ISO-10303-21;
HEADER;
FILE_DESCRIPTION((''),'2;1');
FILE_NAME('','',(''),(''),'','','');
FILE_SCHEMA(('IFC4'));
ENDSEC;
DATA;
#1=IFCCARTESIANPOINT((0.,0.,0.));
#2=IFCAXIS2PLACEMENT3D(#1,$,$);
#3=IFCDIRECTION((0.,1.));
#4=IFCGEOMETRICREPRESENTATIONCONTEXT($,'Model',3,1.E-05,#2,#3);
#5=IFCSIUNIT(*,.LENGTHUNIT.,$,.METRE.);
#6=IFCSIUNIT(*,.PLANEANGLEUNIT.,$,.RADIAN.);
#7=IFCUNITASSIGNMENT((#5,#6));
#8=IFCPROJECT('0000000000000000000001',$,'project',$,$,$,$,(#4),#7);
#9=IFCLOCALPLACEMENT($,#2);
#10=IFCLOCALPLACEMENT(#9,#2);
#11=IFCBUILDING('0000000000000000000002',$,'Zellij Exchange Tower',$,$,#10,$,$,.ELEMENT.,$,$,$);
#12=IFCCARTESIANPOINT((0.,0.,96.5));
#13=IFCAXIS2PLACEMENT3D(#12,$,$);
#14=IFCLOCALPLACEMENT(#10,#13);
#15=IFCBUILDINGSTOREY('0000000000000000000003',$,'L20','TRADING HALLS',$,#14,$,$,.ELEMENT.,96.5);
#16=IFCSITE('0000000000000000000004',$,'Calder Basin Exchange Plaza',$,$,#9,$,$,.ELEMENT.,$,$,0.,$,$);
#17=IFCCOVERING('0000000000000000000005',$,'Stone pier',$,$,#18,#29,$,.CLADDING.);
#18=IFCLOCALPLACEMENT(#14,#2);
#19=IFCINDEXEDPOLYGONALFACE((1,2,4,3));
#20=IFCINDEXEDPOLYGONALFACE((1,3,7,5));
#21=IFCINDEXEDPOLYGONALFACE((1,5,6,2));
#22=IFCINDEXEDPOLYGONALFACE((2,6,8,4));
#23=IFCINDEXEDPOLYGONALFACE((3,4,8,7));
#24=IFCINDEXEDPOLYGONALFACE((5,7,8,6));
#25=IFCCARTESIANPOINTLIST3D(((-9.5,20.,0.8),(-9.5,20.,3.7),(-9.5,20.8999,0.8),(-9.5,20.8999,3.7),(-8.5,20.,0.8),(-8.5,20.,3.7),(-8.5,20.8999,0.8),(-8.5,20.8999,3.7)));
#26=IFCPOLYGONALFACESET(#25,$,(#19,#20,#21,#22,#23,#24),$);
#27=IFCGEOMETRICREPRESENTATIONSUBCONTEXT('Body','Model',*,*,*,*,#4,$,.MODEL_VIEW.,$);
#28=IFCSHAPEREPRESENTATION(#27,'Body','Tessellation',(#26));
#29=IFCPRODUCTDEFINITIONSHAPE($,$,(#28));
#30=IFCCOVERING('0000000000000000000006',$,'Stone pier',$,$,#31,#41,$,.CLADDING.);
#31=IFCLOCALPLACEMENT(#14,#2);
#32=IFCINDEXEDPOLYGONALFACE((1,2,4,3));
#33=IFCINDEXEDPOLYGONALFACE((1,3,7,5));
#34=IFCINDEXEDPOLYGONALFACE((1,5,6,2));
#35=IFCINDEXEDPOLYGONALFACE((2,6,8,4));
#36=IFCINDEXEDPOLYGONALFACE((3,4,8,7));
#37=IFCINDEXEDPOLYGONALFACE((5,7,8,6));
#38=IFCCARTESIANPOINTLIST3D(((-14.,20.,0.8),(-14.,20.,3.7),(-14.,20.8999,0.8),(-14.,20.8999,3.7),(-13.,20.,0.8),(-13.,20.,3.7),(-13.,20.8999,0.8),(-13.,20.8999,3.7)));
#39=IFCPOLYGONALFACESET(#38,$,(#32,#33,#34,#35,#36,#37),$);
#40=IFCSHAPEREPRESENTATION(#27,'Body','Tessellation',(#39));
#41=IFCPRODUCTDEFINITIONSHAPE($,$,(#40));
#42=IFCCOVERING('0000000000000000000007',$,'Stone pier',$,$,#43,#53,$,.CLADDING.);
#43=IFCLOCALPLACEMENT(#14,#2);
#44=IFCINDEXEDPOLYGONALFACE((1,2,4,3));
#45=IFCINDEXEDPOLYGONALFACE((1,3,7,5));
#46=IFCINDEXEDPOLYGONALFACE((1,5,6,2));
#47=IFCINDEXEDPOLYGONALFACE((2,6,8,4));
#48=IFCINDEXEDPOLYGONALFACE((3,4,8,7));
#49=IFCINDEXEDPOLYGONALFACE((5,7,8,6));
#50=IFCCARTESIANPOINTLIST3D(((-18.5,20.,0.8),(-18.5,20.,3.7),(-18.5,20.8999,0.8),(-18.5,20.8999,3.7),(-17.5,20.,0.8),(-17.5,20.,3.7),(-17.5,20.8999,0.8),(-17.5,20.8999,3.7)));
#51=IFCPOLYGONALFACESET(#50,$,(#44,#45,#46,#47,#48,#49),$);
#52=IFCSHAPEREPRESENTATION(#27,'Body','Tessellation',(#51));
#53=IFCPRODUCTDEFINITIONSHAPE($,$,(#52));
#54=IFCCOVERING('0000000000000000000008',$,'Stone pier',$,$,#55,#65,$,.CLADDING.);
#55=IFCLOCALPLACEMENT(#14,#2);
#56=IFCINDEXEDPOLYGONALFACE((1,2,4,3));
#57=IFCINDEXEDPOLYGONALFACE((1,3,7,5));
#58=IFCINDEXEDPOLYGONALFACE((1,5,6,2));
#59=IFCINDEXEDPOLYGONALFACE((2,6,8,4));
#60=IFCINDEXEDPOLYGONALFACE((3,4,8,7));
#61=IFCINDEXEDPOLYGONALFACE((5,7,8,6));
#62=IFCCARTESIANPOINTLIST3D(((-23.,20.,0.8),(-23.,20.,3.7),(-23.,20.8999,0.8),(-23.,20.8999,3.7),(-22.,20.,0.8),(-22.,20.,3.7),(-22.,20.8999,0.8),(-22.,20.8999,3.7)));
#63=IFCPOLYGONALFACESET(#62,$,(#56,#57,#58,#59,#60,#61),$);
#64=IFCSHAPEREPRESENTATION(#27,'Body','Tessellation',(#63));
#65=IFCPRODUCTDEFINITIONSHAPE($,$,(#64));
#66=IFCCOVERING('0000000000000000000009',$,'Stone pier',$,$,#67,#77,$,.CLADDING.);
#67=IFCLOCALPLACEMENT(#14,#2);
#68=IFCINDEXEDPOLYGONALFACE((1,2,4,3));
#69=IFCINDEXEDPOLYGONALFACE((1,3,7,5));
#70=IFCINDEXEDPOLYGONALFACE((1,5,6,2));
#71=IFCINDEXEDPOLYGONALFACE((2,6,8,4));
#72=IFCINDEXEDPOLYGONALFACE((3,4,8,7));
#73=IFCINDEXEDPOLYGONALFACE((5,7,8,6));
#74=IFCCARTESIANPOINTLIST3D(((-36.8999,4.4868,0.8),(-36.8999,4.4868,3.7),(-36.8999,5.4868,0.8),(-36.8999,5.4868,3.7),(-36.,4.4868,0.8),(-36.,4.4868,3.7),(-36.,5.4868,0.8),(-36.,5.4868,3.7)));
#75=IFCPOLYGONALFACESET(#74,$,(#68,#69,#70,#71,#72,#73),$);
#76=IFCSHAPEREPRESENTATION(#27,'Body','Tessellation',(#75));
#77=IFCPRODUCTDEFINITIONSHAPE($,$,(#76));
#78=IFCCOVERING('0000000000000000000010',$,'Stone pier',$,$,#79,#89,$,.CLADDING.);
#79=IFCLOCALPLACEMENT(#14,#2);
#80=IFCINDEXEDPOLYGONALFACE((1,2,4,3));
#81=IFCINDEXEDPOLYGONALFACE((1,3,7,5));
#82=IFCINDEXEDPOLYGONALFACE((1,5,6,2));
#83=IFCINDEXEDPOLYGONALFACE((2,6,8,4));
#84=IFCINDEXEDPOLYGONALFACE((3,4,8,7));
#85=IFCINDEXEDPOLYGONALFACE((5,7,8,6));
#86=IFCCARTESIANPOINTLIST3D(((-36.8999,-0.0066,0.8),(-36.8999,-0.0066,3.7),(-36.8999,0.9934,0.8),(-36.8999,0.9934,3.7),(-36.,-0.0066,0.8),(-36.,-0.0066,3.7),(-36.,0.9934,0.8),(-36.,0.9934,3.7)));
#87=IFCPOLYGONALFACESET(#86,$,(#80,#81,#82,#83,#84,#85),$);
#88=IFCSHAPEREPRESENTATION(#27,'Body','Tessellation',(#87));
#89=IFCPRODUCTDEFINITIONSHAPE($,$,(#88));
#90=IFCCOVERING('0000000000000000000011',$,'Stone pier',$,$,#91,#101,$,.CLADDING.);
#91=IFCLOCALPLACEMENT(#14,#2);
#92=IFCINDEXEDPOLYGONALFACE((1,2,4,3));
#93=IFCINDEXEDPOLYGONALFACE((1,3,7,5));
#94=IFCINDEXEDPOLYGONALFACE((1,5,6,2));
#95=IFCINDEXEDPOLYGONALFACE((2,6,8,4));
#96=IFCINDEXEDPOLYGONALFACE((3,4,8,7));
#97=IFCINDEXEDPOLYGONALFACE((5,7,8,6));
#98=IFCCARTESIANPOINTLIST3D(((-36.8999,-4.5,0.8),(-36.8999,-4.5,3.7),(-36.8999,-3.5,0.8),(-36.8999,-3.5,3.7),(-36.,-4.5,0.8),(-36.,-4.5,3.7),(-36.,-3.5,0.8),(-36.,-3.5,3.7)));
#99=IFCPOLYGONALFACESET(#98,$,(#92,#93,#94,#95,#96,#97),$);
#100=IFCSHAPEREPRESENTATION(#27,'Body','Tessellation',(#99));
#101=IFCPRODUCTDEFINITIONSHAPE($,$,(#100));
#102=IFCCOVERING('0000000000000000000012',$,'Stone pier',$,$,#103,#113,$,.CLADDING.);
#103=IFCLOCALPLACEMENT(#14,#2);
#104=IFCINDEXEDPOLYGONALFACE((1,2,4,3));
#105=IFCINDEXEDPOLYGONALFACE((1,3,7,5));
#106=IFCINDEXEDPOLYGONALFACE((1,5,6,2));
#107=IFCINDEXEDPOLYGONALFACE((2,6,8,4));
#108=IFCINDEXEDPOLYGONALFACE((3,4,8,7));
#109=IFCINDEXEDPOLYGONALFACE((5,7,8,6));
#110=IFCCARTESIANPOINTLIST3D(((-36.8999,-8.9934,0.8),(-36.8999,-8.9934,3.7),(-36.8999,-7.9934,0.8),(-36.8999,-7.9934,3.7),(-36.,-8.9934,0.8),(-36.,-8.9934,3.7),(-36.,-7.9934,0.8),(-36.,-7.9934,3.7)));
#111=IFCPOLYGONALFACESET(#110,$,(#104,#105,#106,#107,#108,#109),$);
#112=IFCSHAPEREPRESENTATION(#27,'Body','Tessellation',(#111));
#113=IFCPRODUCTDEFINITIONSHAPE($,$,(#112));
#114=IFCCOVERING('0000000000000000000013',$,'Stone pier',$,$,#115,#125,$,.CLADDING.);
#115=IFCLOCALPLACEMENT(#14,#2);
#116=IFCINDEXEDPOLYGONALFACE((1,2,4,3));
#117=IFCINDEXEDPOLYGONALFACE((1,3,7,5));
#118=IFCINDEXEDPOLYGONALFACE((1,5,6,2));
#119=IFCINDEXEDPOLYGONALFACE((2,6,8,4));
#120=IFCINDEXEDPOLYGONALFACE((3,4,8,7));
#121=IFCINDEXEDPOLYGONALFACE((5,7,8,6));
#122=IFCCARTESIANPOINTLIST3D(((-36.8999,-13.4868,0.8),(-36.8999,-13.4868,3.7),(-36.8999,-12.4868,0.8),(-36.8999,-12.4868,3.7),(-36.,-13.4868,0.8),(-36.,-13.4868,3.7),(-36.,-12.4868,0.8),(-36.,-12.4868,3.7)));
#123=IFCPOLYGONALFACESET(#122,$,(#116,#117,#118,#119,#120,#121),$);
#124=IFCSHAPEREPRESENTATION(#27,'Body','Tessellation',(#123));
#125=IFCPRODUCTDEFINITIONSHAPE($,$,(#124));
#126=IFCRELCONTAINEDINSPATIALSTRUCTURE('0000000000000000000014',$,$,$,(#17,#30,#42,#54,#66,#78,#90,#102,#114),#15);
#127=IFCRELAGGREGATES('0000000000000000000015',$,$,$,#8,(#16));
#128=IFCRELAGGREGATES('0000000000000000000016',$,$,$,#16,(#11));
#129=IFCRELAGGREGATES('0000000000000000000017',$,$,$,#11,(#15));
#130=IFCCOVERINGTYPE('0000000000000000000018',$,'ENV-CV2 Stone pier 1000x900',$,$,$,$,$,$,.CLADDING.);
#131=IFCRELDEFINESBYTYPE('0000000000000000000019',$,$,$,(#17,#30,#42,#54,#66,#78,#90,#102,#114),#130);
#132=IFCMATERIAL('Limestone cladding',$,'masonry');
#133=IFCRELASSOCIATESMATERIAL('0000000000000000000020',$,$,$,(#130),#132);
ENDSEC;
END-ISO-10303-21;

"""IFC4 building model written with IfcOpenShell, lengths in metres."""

from ifc_helpers import new_model, si_unit, direction, frame, origin, place, context, subcontext, project, spatial, polyline, outline, extrude, material, type_object, element, save


model = new_model("IFC4")

# Units and contexts
model_context = context("Model", 3, precision=1e-05, world=origin(), true_north=direction((0.0, 1.0)))
body_context = subcontext(model_context, "Body", "Model", "MODEL_VIEW")
ifc_project = project(units=[si_unit("LENGTHUNIT", "METRE"), si_unit("PLANEANGLEUNIT", "RADIAN")], contexts=[model_context])

# Site, building, storey
site_placement = place(None, origin())
site = spatial("IfcSite", under=ifc_project, at=site_placement, Name="Calder Basin Exchange Plaza", CompositionType="ELEMENT", RefElevation=0.0)
building_placement = place(site_placement, origin())
building = spatial("IfcBuilding", under=site, at=building_placement, Name="Zellij Exchange Tower", CompositionType="ELEMENT")
storey_placement = place(building_placement, frame((0.0, 0.0, 96.5)))
storey = spatial("IfcBuildingStorey", under=building, at=storey_placement, Name="L20", Description="TRADING HALLS", CompositionType="ELEMENT", Elevation=96.5)

# Coverings
ifc_material_1 = material(Name="Limestone cladding", Category="masonry")
covering_type_1 = type_object("IfcCoveringType", Name="ENV-CV2 Stone pier 1000x900", PredefinedType="CLADDING", material=ifc_material_1)
covering_1_placement = place(storey_placement, frame((0.0, 0.0, 0.8)))
element("IfcCovering", 1, at=covering_1_placement, inside=storey, type_object=covering_type_1, Name="Stone pier", PredefinedType="CLADDING", context=body_context, shape_type="SweptSolid", body=[
    extrude(outline(polyline([(-8.5, 20.0), (-9.5, 20.0), (-9.5, 20.8999), (-8.5, 20.8999), (-8.5, 20.0)])), origin(), (0.0, 0.0, 1.0), 2.8999),
])
covering_2_placement = place(storey_placement, frame((0.0, 0.0, 0.8)))
element("IfcCovering", 2, at=covering_2_placement, inside=storey, type_object=covering_type_1, Name="Stone pier", PredefinedType="CLADDING", context=body_context, shape_type="SweptSolid", body=[
    extrude(outline(polyline([(-13.0, 20.0), (-14.0, 20.0), (-14.0, 20.8999), (-13.0, 20.8999), (-13.0, 20.0)])), origin(), (0.0, 0.0, 1.0), 2.8999),
])
covering_3_placement = place(storey_placement, frame((0.0, 0.0, 0.8)))
element("IfcCovering", 3, at=covering_3_placement, inside=storey, type_object=covering_type_1, Name="Stone pier", PredefinedType="CLADDING", context=body_context, shape_type="SweptSolid", body=[
    extrude(outline(polyline([(-17.5, 20.0), (-18.5, 20.0), (-18.5, 20.8999), (-17.5, 20.8999), (-17.5, 20.0)])), origin(), (0.0, 0.0, 1.0), 2.8999),
])
covering_4_placement = place(storey_placement, frame((0.0, 0.0, 0.8)))
element("IfcCovering", 4, at=covering_4_placement, inside=storey, type_object=covering_type_1, Name="Stone pier", PredefinedType="CLADDING", context=body_context, shape_type="SweptSolid", body=[
    extrude(outline(polyline([(-22.0, 20.0), (-23.0, 20.0), (-23.0, 20.8999), (-22.0, 20.8999), (-22.0, 20.0)])), origin(), (0.0, 0.0, 1.0), 2.8999),
])
covering_5_placement = place(storey_placement, frame((0.0, 0.0, 0.8)))
element("IfcCovering", 5, at=covering_5_placement, inside=storey, type_object=covering_type_1, Name="Stone pier", PredefinedType="CLADDING", context=body_context, shape_type="SweptSolid", body=[
    extrude(outline(polyline([(-36.0, 5.4868), (-36.0, 4.4868), (-36.8999, 4.4868), (-36.8999, 5.4868), (-36.0, 5.4868)])), origin(), (0.0, 0.0, 1.0), 2.8999),
])
covering_6_placement = place(storey_placement, frame((0.0, 0.0, 0.8)))
element("IfcCovering", 6, at=covering_6_placement, inside=storey, type_object=covering_type_1, Name="Stone pier", PredefinedType="CLADDING", context=body_context, shape_type="SweptSolid", body=[
    extrude(outline(polyline([(-36.0, 0.9934), (-36.0, -0.0066), (-36.8999, -0.0066), (-36.8999, 0.9934), (-36.0, 0.9934)])), origin(), (0.0, 0.0, 1.0), 2.8999),
])
covering_7_placement = place(storey_placement, frame((0.0, 0.0, 0.8)))
element("IfcCovering", 7, at=covering_7_placement, inside=storey, type_object=covering_type_1, Name="Stone pier", PredefinedType="CLADDING", context=body_context, shape_type="SweptSolid", body=[
    extrude(outline(polyline([(-36.0, -3.5), (-36.0, -4.5), (-36.8999, -4.5), (-36.8999, -3.5), (-36.0, -3.5)])), origin(), (0.0, 0.0, 1.0), 2.8999),
])
covering_8_placement = place(storey_placement, frame((0.0, 0.0, 0.8)))
element("IfcCovering", 8, at=covering_8_placement, inside=storey, type_object=covering_type_1, Name="Stone pier", PredefinedType="CLADDING", context=body_context, shape_type="SweptSolid", body=[
    extrude(outline(polyline([(-36.0, -7.9934), (-36.0, -8.9934), (-36.8999, -8.9934), (-36.8999, -7.9934), (-36.0, -7.9934)])), origin(), (0.0, 0.0, 1.0), 2.8999),
])
covering_9_placement = place(storey_placement, frame((0.0, 0.0, 0.8)))
element("IfcCovering", 9, at=covering_9_placement, inside=storey, type_object=covering_type_1, Name="Stone pier", PredefinedType="CLADDING", context=body_context, shape_type="SweptSolid", body=[
    extrude(outline(polyline([(-36.0, -12.4868), (-36.0, -13.4868), (-36.8999, -13.4868), (-36.8999, -12.4868), (-36.0, -12.4868)])), origin(), (0.0, 0.0, 1.0), 2.8999),
])

save(model, "model.ifc")
